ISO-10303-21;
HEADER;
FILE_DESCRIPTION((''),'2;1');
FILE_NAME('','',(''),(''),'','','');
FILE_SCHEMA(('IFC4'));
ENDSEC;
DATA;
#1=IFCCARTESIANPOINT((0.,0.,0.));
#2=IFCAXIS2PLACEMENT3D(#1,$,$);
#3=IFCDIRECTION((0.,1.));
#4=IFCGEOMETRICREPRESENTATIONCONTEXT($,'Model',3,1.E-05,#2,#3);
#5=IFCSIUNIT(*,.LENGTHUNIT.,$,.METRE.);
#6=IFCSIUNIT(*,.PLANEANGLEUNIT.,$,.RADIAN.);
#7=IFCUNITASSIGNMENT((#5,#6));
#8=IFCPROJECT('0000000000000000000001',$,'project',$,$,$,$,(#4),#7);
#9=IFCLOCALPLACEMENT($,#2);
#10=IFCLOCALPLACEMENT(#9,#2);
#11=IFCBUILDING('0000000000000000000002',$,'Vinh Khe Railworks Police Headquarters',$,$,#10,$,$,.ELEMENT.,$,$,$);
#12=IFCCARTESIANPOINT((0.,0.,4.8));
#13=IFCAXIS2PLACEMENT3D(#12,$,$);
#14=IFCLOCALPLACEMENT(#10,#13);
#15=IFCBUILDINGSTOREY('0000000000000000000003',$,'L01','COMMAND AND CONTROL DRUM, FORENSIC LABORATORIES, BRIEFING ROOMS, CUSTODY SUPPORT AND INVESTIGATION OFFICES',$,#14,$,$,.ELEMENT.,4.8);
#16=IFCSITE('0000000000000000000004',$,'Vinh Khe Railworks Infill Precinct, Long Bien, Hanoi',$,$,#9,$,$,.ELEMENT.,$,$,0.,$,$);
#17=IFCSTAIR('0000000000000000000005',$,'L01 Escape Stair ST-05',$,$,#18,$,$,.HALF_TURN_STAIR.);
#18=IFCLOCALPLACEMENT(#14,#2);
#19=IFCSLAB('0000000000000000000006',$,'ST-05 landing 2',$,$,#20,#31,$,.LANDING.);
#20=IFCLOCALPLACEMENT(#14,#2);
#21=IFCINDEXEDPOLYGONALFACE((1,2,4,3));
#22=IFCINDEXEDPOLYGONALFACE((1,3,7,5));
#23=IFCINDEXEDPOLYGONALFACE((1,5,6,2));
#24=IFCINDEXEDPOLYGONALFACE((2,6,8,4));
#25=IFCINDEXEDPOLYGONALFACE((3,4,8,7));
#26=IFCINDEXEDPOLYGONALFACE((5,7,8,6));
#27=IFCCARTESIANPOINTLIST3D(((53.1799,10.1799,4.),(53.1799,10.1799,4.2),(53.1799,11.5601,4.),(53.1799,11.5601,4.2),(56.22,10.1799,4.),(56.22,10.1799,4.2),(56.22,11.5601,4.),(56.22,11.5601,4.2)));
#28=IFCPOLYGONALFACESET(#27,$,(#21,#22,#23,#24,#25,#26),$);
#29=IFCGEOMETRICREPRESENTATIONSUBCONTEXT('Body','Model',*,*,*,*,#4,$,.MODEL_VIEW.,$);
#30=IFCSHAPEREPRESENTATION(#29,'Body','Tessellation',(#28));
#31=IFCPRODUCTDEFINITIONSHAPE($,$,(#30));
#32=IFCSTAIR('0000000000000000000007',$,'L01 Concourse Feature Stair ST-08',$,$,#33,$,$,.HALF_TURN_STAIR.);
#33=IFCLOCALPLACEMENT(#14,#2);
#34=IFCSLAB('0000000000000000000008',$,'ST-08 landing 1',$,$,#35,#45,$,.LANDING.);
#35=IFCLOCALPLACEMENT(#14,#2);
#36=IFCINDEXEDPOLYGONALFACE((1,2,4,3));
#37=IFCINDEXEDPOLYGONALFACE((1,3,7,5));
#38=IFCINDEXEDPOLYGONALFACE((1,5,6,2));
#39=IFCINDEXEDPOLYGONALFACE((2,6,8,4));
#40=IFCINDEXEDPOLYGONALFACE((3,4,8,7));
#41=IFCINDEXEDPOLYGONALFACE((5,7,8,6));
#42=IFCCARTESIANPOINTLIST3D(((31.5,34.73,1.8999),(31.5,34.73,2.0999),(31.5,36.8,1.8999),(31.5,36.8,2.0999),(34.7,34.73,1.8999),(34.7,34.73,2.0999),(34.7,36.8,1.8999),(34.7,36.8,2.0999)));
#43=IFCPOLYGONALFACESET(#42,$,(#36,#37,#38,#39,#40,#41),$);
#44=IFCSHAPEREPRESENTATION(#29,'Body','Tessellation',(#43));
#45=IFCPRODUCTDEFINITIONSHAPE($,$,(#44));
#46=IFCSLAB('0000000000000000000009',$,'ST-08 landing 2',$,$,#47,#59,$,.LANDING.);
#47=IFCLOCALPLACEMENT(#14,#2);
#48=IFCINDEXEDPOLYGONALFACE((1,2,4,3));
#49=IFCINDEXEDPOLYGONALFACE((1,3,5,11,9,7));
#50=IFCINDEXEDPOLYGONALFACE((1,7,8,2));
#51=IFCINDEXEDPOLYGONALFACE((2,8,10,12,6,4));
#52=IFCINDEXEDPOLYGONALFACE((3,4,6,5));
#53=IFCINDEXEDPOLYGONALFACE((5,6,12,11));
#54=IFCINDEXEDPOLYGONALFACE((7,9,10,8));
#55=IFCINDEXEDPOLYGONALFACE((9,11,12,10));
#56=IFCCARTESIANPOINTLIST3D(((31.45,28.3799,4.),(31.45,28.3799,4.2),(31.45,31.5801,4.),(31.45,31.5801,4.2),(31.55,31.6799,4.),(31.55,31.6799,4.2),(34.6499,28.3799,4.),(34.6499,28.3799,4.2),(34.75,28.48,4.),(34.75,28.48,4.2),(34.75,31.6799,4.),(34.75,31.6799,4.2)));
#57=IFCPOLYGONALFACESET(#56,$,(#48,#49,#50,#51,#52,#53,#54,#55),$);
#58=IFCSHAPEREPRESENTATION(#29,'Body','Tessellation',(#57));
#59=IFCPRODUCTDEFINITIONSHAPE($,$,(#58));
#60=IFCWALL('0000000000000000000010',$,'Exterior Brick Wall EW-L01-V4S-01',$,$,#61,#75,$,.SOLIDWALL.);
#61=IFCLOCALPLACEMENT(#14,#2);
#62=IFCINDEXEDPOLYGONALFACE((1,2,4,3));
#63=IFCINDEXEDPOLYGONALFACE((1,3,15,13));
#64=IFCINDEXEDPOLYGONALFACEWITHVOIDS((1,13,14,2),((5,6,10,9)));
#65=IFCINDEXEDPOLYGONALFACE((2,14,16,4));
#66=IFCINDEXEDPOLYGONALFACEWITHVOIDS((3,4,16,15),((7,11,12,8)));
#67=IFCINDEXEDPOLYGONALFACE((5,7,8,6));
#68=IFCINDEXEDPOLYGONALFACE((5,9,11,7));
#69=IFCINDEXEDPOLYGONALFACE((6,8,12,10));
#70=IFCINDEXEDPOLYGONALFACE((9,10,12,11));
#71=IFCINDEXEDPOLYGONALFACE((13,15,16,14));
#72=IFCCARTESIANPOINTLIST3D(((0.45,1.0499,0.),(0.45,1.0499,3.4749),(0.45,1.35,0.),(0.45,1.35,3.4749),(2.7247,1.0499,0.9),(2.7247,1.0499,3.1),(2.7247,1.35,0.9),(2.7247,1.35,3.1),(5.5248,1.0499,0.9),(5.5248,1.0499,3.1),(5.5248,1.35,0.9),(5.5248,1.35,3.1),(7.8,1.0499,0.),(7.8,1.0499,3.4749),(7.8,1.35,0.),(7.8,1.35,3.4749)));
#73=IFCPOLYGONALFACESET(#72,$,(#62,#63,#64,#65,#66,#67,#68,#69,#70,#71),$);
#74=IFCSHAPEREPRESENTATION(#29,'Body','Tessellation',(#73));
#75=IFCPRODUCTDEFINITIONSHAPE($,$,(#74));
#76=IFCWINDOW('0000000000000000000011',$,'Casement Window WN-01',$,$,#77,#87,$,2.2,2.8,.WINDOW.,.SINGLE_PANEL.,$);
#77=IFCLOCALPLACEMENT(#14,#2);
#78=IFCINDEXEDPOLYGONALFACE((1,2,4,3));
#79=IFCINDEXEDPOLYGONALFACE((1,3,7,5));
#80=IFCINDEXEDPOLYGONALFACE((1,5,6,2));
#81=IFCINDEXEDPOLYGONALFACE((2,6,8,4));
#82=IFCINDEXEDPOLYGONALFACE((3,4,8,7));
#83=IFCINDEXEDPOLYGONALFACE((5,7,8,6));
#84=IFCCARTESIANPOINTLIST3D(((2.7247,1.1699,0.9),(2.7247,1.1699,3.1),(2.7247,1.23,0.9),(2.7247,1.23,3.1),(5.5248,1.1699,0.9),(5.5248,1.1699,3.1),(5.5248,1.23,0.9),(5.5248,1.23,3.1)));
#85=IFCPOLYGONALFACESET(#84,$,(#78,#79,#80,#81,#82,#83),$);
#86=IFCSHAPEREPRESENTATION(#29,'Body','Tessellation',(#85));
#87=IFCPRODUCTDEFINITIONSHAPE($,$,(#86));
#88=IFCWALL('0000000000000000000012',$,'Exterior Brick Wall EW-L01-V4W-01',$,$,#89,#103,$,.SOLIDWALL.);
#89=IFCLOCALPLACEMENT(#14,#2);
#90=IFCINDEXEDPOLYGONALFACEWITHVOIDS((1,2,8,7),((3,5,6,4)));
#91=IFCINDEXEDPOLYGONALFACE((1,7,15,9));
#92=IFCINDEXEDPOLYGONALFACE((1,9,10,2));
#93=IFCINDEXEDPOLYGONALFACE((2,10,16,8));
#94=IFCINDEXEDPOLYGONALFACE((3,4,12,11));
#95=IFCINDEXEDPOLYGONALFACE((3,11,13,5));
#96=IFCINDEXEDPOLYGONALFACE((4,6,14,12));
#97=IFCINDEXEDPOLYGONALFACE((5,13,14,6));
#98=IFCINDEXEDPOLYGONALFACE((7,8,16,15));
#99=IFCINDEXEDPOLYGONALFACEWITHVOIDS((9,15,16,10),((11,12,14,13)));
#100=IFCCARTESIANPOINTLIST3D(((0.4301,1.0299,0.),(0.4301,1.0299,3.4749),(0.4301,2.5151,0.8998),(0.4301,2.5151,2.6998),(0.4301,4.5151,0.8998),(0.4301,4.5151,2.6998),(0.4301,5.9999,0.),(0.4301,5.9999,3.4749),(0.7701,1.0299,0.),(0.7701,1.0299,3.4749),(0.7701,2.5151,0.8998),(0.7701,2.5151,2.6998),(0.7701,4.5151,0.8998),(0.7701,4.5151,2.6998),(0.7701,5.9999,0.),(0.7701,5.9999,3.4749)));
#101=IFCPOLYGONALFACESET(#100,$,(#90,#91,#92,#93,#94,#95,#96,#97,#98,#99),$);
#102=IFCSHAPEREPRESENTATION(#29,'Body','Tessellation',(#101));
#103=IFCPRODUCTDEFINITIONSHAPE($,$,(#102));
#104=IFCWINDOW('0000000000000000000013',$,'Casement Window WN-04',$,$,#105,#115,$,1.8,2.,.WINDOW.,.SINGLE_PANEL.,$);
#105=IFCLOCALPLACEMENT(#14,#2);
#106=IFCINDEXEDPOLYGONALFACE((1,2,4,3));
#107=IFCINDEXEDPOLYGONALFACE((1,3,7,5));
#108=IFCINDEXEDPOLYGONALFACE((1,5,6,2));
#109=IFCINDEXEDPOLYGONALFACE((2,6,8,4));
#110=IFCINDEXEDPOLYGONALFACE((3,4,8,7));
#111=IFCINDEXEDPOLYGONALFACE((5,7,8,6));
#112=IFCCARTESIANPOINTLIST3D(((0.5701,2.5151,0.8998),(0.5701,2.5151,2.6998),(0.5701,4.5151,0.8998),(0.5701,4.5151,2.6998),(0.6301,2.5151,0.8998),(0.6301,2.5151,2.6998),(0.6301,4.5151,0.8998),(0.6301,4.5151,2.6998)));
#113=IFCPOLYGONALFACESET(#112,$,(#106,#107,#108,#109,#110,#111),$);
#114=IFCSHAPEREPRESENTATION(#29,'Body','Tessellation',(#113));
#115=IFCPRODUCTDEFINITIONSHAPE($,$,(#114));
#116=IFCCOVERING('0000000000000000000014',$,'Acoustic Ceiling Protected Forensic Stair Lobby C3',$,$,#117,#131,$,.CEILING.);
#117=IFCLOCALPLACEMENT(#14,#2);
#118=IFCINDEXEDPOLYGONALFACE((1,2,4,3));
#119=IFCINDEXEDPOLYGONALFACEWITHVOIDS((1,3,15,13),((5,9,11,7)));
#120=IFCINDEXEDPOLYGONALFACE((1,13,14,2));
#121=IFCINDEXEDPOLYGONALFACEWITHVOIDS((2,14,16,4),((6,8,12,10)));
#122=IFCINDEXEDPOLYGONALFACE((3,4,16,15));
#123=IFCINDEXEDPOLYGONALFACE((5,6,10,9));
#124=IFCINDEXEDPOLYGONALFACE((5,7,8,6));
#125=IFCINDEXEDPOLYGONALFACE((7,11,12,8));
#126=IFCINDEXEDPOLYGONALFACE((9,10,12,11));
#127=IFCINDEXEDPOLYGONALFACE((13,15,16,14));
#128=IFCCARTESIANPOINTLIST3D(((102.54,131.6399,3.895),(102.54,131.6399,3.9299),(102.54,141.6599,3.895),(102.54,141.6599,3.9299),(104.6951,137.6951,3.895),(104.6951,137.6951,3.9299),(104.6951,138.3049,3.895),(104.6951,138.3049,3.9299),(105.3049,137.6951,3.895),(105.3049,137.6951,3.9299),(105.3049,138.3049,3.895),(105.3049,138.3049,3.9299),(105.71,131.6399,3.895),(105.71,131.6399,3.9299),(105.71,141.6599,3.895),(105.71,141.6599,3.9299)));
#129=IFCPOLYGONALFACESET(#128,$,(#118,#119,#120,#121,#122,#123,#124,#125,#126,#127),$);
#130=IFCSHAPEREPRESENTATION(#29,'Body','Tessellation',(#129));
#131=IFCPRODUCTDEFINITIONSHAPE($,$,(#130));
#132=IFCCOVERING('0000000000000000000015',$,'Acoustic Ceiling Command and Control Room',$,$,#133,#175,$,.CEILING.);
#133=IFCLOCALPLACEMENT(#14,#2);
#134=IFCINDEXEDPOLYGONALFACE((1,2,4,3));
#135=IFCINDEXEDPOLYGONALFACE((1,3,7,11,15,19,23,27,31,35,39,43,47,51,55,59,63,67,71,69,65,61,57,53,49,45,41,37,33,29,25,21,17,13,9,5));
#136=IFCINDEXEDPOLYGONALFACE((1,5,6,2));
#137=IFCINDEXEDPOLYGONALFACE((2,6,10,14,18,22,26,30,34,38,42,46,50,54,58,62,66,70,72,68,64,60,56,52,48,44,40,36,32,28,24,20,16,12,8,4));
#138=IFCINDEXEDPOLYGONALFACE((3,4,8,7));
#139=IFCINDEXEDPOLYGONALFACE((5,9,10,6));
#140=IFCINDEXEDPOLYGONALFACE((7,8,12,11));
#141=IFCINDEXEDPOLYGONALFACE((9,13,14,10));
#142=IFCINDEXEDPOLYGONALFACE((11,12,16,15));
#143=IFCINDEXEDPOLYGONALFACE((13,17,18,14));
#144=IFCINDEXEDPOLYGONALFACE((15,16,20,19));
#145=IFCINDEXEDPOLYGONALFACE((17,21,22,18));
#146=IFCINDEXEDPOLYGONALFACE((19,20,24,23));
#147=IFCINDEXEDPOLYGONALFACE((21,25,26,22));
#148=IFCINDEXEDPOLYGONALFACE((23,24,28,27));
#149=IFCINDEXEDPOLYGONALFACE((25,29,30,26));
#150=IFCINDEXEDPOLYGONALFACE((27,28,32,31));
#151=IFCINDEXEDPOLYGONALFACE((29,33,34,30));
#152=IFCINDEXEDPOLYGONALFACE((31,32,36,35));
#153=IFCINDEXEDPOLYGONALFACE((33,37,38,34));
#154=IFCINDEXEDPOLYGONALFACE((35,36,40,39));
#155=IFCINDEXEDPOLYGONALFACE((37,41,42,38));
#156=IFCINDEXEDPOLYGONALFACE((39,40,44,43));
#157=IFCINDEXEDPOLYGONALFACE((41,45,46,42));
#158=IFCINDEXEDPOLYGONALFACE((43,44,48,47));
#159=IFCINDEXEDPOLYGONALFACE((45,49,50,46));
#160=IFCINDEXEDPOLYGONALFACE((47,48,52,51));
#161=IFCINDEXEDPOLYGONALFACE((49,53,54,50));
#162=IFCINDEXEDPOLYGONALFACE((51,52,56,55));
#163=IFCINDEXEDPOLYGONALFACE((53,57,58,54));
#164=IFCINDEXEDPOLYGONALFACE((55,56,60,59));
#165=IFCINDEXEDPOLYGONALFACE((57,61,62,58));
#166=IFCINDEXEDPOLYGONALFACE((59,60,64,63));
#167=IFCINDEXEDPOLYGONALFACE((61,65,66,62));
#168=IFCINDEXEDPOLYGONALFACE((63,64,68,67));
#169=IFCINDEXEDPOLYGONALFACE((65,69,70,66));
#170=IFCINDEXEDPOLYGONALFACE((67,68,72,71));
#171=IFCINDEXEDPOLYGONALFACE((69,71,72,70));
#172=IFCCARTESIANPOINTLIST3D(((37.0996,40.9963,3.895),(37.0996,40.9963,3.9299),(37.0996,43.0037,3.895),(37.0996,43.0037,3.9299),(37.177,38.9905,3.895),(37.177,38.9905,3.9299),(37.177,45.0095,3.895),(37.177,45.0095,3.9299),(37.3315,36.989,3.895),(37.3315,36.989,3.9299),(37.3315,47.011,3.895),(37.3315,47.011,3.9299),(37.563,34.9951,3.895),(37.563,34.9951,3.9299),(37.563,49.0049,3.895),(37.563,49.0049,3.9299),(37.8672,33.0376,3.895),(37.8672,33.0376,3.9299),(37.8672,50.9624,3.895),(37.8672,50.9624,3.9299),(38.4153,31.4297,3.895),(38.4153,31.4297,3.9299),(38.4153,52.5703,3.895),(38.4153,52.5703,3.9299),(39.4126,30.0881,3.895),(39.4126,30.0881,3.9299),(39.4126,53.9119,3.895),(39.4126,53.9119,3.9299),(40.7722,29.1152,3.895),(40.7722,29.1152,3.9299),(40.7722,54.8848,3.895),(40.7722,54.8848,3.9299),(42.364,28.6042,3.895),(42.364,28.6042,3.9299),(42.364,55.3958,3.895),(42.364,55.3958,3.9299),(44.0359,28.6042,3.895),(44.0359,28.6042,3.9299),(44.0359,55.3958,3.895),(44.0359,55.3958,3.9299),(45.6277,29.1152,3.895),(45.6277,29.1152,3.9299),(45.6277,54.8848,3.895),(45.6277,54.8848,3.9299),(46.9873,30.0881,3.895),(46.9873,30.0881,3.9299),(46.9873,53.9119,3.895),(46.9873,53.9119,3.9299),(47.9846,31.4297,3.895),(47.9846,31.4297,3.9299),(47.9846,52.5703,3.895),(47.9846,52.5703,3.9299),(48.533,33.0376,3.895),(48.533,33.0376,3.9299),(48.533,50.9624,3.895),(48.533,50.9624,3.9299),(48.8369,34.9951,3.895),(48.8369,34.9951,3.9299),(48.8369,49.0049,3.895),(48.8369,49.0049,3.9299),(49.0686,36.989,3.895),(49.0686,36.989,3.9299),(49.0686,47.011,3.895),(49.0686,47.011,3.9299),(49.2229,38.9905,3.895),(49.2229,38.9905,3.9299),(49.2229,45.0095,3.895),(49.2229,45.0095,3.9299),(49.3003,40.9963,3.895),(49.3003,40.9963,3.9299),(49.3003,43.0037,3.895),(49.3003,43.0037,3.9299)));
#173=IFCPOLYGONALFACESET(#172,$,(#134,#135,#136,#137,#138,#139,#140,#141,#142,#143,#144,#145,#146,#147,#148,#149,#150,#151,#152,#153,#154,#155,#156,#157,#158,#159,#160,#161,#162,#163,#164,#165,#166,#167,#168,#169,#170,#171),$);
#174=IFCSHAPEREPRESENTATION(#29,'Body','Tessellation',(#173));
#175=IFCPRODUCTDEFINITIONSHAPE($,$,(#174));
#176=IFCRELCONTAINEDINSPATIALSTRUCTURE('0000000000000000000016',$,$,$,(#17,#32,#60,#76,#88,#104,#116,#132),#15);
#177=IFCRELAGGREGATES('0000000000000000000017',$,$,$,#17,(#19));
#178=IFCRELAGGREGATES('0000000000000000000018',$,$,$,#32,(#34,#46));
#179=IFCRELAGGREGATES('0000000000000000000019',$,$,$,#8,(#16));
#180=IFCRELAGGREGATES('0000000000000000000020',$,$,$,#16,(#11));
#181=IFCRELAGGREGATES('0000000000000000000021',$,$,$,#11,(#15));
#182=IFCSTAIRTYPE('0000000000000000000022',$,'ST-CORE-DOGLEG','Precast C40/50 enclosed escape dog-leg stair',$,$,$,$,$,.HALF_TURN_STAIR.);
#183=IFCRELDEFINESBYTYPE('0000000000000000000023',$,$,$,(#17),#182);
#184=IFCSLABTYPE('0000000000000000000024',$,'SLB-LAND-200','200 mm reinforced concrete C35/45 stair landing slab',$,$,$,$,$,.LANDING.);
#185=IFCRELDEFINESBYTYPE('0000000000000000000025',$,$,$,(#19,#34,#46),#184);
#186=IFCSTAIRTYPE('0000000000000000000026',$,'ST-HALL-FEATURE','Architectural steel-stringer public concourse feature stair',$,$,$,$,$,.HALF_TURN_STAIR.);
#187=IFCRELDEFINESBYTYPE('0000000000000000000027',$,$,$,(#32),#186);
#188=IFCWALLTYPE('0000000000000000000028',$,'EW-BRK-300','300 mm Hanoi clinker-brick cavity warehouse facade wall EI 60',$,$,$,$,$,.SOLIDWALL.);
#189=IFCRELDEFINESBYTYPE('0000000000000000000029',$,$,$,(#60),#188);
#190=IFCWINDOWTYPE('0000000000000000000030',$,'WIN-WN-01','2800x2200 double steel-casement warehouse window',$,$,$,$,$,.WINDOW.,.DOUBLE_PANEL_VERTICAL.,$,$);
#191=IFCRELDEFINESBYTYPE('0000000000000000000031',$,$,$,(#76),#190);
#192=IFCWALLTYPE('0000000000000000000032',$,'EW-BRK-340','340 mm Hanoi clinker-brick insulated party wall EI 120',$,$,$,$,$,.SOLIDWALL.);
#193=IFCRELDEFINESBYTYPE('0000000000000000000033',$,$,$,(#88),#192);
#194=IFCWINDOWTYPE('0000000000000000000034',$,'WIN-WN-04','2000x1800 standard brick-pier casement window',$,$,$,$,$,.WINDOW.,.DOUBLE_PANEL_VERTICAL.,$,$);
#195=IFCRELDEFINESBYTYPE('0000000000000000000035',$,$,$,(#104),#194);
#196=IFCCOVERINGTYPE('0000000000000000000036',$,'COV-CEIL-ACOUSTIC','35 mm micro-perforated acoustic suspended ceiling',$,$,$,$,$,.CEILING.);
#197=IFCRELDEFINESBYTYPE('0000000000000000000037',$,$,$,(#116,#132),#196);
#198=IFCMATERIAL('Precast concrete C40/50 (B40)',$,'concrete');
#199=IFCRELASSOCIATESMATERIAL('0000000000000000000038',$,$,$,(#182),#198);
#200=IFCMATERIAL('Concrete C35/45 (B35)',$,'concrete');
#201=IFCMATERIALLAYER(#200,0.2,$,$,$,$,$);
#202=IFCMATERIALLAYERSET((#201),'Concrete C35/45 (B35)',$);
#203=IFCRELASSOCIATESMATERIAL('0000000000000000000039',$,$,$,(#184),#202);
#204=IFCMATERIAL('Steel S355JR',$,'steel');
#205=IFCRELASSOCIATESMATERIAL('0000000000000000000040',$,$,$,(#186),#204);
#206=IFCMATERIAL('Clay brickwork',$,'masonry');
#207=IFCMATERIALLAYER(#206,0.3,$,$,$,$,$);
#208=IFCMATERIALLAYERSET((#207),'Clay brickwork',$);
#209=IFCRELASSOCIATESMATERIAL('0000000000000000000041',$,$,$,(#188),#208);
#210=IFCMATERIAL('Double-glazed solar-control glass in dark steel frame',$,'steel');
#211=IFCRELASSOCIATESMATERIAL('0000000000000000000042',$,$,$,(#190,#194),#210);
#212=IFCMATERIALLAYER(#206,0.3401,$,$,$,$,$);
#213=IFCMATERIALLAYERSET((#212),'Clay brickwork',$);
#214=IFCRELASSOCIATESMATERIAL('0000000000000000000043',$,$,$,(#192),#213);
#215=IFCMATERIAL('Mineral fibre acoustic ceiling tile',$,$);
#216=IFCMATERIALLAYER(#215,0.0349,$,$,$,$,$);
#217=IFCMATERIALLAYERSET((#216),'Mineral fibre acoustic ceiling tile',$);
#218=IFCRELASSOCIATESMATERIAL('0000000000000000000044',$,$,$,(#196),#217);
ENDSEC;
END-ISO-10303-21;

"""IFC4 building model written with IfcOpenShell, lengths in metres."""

from ifc_helpers import new_model, si_unit, direction, frame, frame_2d, origin, place, context, subcontext, project, spatial, polyline, rectangle, outline, extrude, material, layer, layer_set, type_object, element, fill, aggregate, save


model = new_model("IFC4")

# Units and contexts
model_context = context("Model", 3, precision=1e-05, world=origin(), true_north=direction((0.0, 1.0)))
body_context = subcontext(model_context, "Body", "Model", "MODEL_VIEW")
ifc_project = project(units=[si_unit("LENGTHUNIT", "METRE"), si_unit("PLANEANGLEUNIT", "RADIAN")], contexts=[model_context])

# Site, building, storey
site_placement = place(None, origin())
site = spatial("IfcSite", under=ifc_project, at=site_placement, Name="Vinh Khe Railworks Infill Precinct, Long Bien, Hanoi", CompositionType="ELEMENT", RefElevation=0.0)
building_placement = place(site_placement, origin())
building = spatial("IfcBuilding", under=site, at=building_placement, Name="Vinh Khe Railworks Police Headquarters", CompositionType="ELEMENT")
storey_placement = place(building_placement, frame((0.0, 0.0, 4.8)))
storey = spatial("IfcBuildingStorey", under=building, at=storey_placement, Name="L01", Description="COMMAND AND CONTROL DRUM, FORENSIC LABORATORIES, BRIEFING ROOMS, CUSTODY SUPPORT AND INVESTIGATION OFFICES", CompositionType="ELEMENT", Elevation=4.8)

# Shared definitions
ifc_material_1 = material(Name="Steel S355JR", Category="steel")

# Stairs, slabs
ifc_material_2 = material(Name="Precast concrete C40/50 (B40)", Category="concrete")
stair_type_1 = type_object("IfcStairType", Name="ST-CORE-DOGLEG", Description="Precast C40/50 enclosed escape dog-leg stair", PredefinedType="HALF_TURN_STAIR", material=ifc_material_2)
ifc_material_3 = material(Name="Concrete C35/45 (B35)", Category="concrete")
ifc_layer_1 = layer(ifc_material_3, 0.2)
ifc_layer_set_1 = layer_set([ifc_layer_1], Name="Concrete C35/45 (B35)")
slab_type = type_object("IfcSlabType", Name="SLB-LAND-200", Description="200 mm reinforced concrete C35/45 stair landing slab", PredefinedType="LANDING", material=ifc_layer_set_1)
stair_1_placement = place(storey_placement, origin())
stair_1 = element("IfcStair", 1, at=stair_1_placement, inside=storey, type_object=stair_type_1, Name="L01 Escape Stair ST-05", PredefinedType="HALF_TURN_STAIR")
slab_1_placement = place(storey_placement, frame((0.0, 0.0, 4.0)))
slab_1 = element("IfcSlab", 2, at=slab_1_placement, type_object=slab_type, Name="ST-05 landing 2", PredefinedType="LANDING", context=body_context, shape_type="SweptSolid", body=[
    extrude(outline(polyline([(53.1799, 10.1799), (56.22, 10.1799), (56.22, 11.5601), (53.1799, 11.5601), (53.1799, 10.1799)])), origin(), (0.0, 0.0, 1.0), 0.2),
])
aggregate(stair_1, [slab_1])
stair_type_2 = type_object("IfcStairType", Name="ST-HALL-FEATURE", Description="Architectural steel-stringer public concourse feature stair", PredefinedType="HALF_TURN_STAIR", material=ifc_material_1)
stair_2_placement = place(storey_placement, origin())
stair_2 = element("IfcStair", 3, at=stair_2_placement, inside=storey, type_object=stair_type_2, Name="L01 Concourse Feature Stair ST-08", PredefinedType="HALF_TURN_STAIR")
slab_2_placement = place(storey_placement, frame((0.0, 0.0, 1.8999)))
slab_2 = element("IfcSlab", 4, at=slab_2_placement, type_object=slab_type, Name="ST-08 landing 1", PredefinedType="LANDING", context=body_context, shape_type="SweptSolid", body=[
    extrude(outline(polyline([(34.7, 34.73), (34.7, 36.8), (31.5, 36.8), (31.5, 34.73), (34.7, 34.73)])), origin(), (0.0, 0.0, 1.0), 0.2),
])
slab_3_placement = place(storey_placement, frame((0.0, 0.0, 4.0)))
slab_3 = element("IfcSlab", 5, at=slab_3_placement, type_object=slab_type, Name="ST-08 landing 2", PredefinedType="LANDING", context=body_context, shape_type="SweptSolid", body=[
    extrude(outline(polyline([(31.45, 28.3799), (34.6499, 28.3799), (34.75, 28.48), (34.75, 31.6799), (31.55, 31.6799), (31.45, 31.5801), (31.45, 28.3799)])), origin(), (0.0, 0.0, 1.0), 0.2),
])
aggregate(stair_2, [slab_2, slab_3])

# Walls, openings, windows
ifc_material_4 = material(Name="Clay brickwork", Category="masonry")
ifc_layer_2 = layer(ifc_material_4, 0.3)
ifc_layer_set_2 = layer_set([ifc_layer_2], Name="Clay brickwork")
wall_type_1 = type_object("IfcWallType", Name="EW-BRK-300", Description="300 mm Hanoi clinker-brick cavity warehouse facade wall EI 60", PredefinedType="SOLIDWALL", material=ifc_layer_set_2)
wall_1_placement = place(storey_placement, frame((0.45, 1.2, 0.0), z_axis=(0.0, 0.0, 1.0), x_axis=(1.0, 0.0, 0.0)))
wall_1 = element("IfcWall", 6, at=wall_1_placement, inside=storey, type_object=wall_type_1, Name="Exterior Brick Wall EW-L01-V4S-01", PredefinedType="SOLIDWALL", context=body_context, shape_type="SweptSolid", body=[
    extrude(rectangle(XDim=7.3501, YDim=0.3, at=frame_2d((3.675, 0.0))), origin(), (0.0, 0.0, 1.0), 3.4749),
])
opening_1_placement = place(wall_1_placement, frame((2.2749, 0.0, 0.8999)))
opening_1 = element("IfcOpeningElement", 7, at=opening_1_placement, cuts=wall_1, PredefinedType="OPENING", context=body_context, shape_type="SweptSolid", body=[
    extrude(rectangle(XDim=2.8, YDim=2.2, at=frame_2d((1.3999, 1.1001))), frame((0.0, 0.165, 0.0), z_axis=(0.0, -1.0, 0.0), x_axis=(1.0, 0.0, 0.0)), (0.0, 0.0, 1.0), 0.3298),
])
ifc_material_5 = material(Name="Double-glazed solar-control glass in dark steel frame", Category="steel")
window_type_1 = type_object("IfcWindowType", Name="WIN-WN-01", Description="2800x2200 double steel-casement warehouse window", PartitioningType="DOUBLE_PANEL_VERTICAL", PredefinedType="WINDOW", material=ifc_material_5)
window_1_placement = place(opening_1_placement, origin())
window_1 = element("IfcWindow", 8, at=window_1_placement, inside=storey, type_object=window_type_1, Name="Casement Window WN-01", OverallHeight=2.2, OverallWidth=2.8, PartitioningType="SINGLE_PANEL", PredefinedType="WINDOW", context=body_context, shape_type="SweptSolid", body=[
    extrude(rectangle(XDim=2.8, YDim=2.2, at=frame_2d((1.3999, 1.1001))), frame((0.0, 0.03, 0.0), z_axis=(0.0, -1.0, 0.0), x_axis=(1.0, 0.0, 0.0)), (0.0, 0.0, 1.0), 0.0601),
])
fill(opening_1, window_1)
ifc_layer_3 = layer(ifc_material_4, 0.3401)
ifc_layer_set_3 = layer_set([ifc_layer_3], Name="Clay brickwork")
wall_type_2 = type_object("IfcWallType", Name="EW-BRK-340", Description="340 mm Hanoi clinker-brick insulated party wall EI 120", PredefinedType="SOLIDWALL", material=ifc_layer_set_3)
wall_2_placement = place(storey_placement, frame((0.6001, 1.03, 0.0), z_axis=(0.0, 0.0, 1.0), x_axis=(0.0, 1.0, 0.0)))
wall_2 = element("IfcWall", 9, at=wall_2_placement, inside=storey, type_object=wall_type_2, Name="Exterior Brick Wall EW-L01-V4W-01", PredefinedType="SOLIDWALL", context=body_context, shape_type="SweptSolid", body=[
    extrude(rectangle(XDim=4.97, YDim=0.3401, at=frame_2d((2.4849, 0.0))), origin(), (0.0, 0.0, 1.0), 3.4749),
])
opening_2_placement = place(wall_2_placement, frame((1.4851, 0.0, 0.8999)))
opening_2 = element("IfcOpeningElement", 10, at=opening_2_placement, cuts=wall_2, PredefinedType="OPENING", context=body_context, shape_type="SweptSolid", body=[
    extrude(rectangle(XDim=2.0, YDim=1.8, at=frame_2d((1.0, 0.8999))), frame((0.0, 0.1851, 0.0), z_axis=(0.0, -1.0, 0.0), x_axis=(1.0, 0.0, 0.0)), (0.0, 0.0, 1.0), 0.3699),
])
window_type_2 = type_object("IfcWindowType", Name="WIN-WN-04", Description="2000x1800 standard brick-pier casement window", PartitioningType="DOUBLE_PANEL_VERTICAL", PredefinedType="WINDOW", material=ifc_material_5)
window_2_placement = place(opening_2_placement, origin())
window_2 = element("IfcWindow", 11, at=window_2_placement, inside=storey, type_object=window_type_2, Name="Casement Window WN-04", OverallHeight=1.8, OverallWidth=2.0, PartitioningType="SINGLE_PANEL", PredefinedType="WINDOW", context=body_context, shape_type="SweptSolid", body=[
    extrude(rectangle(XDim=2.0, YDim=1.8, at=frame_2d((1.0, 0.8999))), frame((0.0, 0.03, 0.0), z_axis=(0.0, -1.0, 0.0), x_axis=(1.0, 0.0, 0.0)), (0.0, 0.0, 1.0), 0.0601),
])
fill(opening_2, window_2)

# Coverings
ifc_material_6 = material(Name="Mineral fibre acoustic ceiling tile")
ifc_layer_4 = layer(ifc_material_6, 0.0349)
ifc_layer_set_4 = layer_set([ifc_layer_4], Name="Mineral fibre acoustic ceiling tile")
covering_type_1 = type_object("IfcCoveringType", Name="COV-CEIL-ACOUSTIC", Description="35 mm micro-perforated acoustic suspended ceiling", PredefinedType="CEILING", material=ifc_layer_set_4)
covering_1_placement = place(storey_placement, frame((0.0, 0.0, 3.895)))
element("IfcCovering", 12, at=covering_1_placement, inside=storey, type_object=covering_type_1, Name="Acoustic Ceiling Protected Forensic Stair Lobby C3", PredefinedType="CEILING", context=body_context, shape_type="SweptSolid", body=[
    extrude(outline(polyline([(105.71, 141.6599), (102.54, 141.6599), (102.54, 131.6399), (105.71, 131.6399), (105.71, 141.6599)]), holes=[polyline([(105.3049, 137.6951), (104.6951, 137.6951), (104.6951, 138.3049), (105.3049, 138.3049), (105.3049, 137.6951)])]), origin(), (0.0, 0.0, 1.0), 0.0349),
])
covering_2_placement = place(storey_placement, frame((0.0, 0.0, 3.895)))
element("IfcCovering", 13, at=covering_2_placement, inside=storey, type_object=covering_type_1, Name="Acoustic Ceiling Command and Control Room", PredefinedType="CEILING", context=body_context, shape_type="SweptSolid", body=[
    extrude(outline(polyline([(48.533, 33.0376), (48.8369, 34.9951), (49.0686, 36.989), (49.2229, 38.9905), (49.3003, 40.9963), (49.3003, 43.0037), (49.2229, 45.0095), (49.0686, 47.011), (48.8369, 49.0049), (48.533, 50.9624), (47.9846, 52.5703), (46.9873, 53.9119), (45.6277, 54.8848), (44.0359, 55.3958), (42.364, 55.3958), (40.7722, 54.8848), (39.4126, 53.9119), (38.4153, 52.5703), (37.8672, 50.9624), (37.563, 49.0049), (37.3315, 47.011), (37.177, 45.0095), (37.0996, 43.0037), (37.0996, 40.9963), (37.177, 38.9905), (37.3315, 36.989), (37.563, 34.9951), (37.8672, 33.0376), (38.4153, 31.4297), (39.4126, 30.0881), (40.7722, 29.1152), (42.364, 28.6042), (44.0359, 28.6042), (45.6277, 29.1152), (46.9873, 30.0881), (47.9846, 31.4297), (48.533, 33.0376)])), origin(), (0.0, 0.0, 1.0), 0.0349),
])

save(model, "model.ifc")
